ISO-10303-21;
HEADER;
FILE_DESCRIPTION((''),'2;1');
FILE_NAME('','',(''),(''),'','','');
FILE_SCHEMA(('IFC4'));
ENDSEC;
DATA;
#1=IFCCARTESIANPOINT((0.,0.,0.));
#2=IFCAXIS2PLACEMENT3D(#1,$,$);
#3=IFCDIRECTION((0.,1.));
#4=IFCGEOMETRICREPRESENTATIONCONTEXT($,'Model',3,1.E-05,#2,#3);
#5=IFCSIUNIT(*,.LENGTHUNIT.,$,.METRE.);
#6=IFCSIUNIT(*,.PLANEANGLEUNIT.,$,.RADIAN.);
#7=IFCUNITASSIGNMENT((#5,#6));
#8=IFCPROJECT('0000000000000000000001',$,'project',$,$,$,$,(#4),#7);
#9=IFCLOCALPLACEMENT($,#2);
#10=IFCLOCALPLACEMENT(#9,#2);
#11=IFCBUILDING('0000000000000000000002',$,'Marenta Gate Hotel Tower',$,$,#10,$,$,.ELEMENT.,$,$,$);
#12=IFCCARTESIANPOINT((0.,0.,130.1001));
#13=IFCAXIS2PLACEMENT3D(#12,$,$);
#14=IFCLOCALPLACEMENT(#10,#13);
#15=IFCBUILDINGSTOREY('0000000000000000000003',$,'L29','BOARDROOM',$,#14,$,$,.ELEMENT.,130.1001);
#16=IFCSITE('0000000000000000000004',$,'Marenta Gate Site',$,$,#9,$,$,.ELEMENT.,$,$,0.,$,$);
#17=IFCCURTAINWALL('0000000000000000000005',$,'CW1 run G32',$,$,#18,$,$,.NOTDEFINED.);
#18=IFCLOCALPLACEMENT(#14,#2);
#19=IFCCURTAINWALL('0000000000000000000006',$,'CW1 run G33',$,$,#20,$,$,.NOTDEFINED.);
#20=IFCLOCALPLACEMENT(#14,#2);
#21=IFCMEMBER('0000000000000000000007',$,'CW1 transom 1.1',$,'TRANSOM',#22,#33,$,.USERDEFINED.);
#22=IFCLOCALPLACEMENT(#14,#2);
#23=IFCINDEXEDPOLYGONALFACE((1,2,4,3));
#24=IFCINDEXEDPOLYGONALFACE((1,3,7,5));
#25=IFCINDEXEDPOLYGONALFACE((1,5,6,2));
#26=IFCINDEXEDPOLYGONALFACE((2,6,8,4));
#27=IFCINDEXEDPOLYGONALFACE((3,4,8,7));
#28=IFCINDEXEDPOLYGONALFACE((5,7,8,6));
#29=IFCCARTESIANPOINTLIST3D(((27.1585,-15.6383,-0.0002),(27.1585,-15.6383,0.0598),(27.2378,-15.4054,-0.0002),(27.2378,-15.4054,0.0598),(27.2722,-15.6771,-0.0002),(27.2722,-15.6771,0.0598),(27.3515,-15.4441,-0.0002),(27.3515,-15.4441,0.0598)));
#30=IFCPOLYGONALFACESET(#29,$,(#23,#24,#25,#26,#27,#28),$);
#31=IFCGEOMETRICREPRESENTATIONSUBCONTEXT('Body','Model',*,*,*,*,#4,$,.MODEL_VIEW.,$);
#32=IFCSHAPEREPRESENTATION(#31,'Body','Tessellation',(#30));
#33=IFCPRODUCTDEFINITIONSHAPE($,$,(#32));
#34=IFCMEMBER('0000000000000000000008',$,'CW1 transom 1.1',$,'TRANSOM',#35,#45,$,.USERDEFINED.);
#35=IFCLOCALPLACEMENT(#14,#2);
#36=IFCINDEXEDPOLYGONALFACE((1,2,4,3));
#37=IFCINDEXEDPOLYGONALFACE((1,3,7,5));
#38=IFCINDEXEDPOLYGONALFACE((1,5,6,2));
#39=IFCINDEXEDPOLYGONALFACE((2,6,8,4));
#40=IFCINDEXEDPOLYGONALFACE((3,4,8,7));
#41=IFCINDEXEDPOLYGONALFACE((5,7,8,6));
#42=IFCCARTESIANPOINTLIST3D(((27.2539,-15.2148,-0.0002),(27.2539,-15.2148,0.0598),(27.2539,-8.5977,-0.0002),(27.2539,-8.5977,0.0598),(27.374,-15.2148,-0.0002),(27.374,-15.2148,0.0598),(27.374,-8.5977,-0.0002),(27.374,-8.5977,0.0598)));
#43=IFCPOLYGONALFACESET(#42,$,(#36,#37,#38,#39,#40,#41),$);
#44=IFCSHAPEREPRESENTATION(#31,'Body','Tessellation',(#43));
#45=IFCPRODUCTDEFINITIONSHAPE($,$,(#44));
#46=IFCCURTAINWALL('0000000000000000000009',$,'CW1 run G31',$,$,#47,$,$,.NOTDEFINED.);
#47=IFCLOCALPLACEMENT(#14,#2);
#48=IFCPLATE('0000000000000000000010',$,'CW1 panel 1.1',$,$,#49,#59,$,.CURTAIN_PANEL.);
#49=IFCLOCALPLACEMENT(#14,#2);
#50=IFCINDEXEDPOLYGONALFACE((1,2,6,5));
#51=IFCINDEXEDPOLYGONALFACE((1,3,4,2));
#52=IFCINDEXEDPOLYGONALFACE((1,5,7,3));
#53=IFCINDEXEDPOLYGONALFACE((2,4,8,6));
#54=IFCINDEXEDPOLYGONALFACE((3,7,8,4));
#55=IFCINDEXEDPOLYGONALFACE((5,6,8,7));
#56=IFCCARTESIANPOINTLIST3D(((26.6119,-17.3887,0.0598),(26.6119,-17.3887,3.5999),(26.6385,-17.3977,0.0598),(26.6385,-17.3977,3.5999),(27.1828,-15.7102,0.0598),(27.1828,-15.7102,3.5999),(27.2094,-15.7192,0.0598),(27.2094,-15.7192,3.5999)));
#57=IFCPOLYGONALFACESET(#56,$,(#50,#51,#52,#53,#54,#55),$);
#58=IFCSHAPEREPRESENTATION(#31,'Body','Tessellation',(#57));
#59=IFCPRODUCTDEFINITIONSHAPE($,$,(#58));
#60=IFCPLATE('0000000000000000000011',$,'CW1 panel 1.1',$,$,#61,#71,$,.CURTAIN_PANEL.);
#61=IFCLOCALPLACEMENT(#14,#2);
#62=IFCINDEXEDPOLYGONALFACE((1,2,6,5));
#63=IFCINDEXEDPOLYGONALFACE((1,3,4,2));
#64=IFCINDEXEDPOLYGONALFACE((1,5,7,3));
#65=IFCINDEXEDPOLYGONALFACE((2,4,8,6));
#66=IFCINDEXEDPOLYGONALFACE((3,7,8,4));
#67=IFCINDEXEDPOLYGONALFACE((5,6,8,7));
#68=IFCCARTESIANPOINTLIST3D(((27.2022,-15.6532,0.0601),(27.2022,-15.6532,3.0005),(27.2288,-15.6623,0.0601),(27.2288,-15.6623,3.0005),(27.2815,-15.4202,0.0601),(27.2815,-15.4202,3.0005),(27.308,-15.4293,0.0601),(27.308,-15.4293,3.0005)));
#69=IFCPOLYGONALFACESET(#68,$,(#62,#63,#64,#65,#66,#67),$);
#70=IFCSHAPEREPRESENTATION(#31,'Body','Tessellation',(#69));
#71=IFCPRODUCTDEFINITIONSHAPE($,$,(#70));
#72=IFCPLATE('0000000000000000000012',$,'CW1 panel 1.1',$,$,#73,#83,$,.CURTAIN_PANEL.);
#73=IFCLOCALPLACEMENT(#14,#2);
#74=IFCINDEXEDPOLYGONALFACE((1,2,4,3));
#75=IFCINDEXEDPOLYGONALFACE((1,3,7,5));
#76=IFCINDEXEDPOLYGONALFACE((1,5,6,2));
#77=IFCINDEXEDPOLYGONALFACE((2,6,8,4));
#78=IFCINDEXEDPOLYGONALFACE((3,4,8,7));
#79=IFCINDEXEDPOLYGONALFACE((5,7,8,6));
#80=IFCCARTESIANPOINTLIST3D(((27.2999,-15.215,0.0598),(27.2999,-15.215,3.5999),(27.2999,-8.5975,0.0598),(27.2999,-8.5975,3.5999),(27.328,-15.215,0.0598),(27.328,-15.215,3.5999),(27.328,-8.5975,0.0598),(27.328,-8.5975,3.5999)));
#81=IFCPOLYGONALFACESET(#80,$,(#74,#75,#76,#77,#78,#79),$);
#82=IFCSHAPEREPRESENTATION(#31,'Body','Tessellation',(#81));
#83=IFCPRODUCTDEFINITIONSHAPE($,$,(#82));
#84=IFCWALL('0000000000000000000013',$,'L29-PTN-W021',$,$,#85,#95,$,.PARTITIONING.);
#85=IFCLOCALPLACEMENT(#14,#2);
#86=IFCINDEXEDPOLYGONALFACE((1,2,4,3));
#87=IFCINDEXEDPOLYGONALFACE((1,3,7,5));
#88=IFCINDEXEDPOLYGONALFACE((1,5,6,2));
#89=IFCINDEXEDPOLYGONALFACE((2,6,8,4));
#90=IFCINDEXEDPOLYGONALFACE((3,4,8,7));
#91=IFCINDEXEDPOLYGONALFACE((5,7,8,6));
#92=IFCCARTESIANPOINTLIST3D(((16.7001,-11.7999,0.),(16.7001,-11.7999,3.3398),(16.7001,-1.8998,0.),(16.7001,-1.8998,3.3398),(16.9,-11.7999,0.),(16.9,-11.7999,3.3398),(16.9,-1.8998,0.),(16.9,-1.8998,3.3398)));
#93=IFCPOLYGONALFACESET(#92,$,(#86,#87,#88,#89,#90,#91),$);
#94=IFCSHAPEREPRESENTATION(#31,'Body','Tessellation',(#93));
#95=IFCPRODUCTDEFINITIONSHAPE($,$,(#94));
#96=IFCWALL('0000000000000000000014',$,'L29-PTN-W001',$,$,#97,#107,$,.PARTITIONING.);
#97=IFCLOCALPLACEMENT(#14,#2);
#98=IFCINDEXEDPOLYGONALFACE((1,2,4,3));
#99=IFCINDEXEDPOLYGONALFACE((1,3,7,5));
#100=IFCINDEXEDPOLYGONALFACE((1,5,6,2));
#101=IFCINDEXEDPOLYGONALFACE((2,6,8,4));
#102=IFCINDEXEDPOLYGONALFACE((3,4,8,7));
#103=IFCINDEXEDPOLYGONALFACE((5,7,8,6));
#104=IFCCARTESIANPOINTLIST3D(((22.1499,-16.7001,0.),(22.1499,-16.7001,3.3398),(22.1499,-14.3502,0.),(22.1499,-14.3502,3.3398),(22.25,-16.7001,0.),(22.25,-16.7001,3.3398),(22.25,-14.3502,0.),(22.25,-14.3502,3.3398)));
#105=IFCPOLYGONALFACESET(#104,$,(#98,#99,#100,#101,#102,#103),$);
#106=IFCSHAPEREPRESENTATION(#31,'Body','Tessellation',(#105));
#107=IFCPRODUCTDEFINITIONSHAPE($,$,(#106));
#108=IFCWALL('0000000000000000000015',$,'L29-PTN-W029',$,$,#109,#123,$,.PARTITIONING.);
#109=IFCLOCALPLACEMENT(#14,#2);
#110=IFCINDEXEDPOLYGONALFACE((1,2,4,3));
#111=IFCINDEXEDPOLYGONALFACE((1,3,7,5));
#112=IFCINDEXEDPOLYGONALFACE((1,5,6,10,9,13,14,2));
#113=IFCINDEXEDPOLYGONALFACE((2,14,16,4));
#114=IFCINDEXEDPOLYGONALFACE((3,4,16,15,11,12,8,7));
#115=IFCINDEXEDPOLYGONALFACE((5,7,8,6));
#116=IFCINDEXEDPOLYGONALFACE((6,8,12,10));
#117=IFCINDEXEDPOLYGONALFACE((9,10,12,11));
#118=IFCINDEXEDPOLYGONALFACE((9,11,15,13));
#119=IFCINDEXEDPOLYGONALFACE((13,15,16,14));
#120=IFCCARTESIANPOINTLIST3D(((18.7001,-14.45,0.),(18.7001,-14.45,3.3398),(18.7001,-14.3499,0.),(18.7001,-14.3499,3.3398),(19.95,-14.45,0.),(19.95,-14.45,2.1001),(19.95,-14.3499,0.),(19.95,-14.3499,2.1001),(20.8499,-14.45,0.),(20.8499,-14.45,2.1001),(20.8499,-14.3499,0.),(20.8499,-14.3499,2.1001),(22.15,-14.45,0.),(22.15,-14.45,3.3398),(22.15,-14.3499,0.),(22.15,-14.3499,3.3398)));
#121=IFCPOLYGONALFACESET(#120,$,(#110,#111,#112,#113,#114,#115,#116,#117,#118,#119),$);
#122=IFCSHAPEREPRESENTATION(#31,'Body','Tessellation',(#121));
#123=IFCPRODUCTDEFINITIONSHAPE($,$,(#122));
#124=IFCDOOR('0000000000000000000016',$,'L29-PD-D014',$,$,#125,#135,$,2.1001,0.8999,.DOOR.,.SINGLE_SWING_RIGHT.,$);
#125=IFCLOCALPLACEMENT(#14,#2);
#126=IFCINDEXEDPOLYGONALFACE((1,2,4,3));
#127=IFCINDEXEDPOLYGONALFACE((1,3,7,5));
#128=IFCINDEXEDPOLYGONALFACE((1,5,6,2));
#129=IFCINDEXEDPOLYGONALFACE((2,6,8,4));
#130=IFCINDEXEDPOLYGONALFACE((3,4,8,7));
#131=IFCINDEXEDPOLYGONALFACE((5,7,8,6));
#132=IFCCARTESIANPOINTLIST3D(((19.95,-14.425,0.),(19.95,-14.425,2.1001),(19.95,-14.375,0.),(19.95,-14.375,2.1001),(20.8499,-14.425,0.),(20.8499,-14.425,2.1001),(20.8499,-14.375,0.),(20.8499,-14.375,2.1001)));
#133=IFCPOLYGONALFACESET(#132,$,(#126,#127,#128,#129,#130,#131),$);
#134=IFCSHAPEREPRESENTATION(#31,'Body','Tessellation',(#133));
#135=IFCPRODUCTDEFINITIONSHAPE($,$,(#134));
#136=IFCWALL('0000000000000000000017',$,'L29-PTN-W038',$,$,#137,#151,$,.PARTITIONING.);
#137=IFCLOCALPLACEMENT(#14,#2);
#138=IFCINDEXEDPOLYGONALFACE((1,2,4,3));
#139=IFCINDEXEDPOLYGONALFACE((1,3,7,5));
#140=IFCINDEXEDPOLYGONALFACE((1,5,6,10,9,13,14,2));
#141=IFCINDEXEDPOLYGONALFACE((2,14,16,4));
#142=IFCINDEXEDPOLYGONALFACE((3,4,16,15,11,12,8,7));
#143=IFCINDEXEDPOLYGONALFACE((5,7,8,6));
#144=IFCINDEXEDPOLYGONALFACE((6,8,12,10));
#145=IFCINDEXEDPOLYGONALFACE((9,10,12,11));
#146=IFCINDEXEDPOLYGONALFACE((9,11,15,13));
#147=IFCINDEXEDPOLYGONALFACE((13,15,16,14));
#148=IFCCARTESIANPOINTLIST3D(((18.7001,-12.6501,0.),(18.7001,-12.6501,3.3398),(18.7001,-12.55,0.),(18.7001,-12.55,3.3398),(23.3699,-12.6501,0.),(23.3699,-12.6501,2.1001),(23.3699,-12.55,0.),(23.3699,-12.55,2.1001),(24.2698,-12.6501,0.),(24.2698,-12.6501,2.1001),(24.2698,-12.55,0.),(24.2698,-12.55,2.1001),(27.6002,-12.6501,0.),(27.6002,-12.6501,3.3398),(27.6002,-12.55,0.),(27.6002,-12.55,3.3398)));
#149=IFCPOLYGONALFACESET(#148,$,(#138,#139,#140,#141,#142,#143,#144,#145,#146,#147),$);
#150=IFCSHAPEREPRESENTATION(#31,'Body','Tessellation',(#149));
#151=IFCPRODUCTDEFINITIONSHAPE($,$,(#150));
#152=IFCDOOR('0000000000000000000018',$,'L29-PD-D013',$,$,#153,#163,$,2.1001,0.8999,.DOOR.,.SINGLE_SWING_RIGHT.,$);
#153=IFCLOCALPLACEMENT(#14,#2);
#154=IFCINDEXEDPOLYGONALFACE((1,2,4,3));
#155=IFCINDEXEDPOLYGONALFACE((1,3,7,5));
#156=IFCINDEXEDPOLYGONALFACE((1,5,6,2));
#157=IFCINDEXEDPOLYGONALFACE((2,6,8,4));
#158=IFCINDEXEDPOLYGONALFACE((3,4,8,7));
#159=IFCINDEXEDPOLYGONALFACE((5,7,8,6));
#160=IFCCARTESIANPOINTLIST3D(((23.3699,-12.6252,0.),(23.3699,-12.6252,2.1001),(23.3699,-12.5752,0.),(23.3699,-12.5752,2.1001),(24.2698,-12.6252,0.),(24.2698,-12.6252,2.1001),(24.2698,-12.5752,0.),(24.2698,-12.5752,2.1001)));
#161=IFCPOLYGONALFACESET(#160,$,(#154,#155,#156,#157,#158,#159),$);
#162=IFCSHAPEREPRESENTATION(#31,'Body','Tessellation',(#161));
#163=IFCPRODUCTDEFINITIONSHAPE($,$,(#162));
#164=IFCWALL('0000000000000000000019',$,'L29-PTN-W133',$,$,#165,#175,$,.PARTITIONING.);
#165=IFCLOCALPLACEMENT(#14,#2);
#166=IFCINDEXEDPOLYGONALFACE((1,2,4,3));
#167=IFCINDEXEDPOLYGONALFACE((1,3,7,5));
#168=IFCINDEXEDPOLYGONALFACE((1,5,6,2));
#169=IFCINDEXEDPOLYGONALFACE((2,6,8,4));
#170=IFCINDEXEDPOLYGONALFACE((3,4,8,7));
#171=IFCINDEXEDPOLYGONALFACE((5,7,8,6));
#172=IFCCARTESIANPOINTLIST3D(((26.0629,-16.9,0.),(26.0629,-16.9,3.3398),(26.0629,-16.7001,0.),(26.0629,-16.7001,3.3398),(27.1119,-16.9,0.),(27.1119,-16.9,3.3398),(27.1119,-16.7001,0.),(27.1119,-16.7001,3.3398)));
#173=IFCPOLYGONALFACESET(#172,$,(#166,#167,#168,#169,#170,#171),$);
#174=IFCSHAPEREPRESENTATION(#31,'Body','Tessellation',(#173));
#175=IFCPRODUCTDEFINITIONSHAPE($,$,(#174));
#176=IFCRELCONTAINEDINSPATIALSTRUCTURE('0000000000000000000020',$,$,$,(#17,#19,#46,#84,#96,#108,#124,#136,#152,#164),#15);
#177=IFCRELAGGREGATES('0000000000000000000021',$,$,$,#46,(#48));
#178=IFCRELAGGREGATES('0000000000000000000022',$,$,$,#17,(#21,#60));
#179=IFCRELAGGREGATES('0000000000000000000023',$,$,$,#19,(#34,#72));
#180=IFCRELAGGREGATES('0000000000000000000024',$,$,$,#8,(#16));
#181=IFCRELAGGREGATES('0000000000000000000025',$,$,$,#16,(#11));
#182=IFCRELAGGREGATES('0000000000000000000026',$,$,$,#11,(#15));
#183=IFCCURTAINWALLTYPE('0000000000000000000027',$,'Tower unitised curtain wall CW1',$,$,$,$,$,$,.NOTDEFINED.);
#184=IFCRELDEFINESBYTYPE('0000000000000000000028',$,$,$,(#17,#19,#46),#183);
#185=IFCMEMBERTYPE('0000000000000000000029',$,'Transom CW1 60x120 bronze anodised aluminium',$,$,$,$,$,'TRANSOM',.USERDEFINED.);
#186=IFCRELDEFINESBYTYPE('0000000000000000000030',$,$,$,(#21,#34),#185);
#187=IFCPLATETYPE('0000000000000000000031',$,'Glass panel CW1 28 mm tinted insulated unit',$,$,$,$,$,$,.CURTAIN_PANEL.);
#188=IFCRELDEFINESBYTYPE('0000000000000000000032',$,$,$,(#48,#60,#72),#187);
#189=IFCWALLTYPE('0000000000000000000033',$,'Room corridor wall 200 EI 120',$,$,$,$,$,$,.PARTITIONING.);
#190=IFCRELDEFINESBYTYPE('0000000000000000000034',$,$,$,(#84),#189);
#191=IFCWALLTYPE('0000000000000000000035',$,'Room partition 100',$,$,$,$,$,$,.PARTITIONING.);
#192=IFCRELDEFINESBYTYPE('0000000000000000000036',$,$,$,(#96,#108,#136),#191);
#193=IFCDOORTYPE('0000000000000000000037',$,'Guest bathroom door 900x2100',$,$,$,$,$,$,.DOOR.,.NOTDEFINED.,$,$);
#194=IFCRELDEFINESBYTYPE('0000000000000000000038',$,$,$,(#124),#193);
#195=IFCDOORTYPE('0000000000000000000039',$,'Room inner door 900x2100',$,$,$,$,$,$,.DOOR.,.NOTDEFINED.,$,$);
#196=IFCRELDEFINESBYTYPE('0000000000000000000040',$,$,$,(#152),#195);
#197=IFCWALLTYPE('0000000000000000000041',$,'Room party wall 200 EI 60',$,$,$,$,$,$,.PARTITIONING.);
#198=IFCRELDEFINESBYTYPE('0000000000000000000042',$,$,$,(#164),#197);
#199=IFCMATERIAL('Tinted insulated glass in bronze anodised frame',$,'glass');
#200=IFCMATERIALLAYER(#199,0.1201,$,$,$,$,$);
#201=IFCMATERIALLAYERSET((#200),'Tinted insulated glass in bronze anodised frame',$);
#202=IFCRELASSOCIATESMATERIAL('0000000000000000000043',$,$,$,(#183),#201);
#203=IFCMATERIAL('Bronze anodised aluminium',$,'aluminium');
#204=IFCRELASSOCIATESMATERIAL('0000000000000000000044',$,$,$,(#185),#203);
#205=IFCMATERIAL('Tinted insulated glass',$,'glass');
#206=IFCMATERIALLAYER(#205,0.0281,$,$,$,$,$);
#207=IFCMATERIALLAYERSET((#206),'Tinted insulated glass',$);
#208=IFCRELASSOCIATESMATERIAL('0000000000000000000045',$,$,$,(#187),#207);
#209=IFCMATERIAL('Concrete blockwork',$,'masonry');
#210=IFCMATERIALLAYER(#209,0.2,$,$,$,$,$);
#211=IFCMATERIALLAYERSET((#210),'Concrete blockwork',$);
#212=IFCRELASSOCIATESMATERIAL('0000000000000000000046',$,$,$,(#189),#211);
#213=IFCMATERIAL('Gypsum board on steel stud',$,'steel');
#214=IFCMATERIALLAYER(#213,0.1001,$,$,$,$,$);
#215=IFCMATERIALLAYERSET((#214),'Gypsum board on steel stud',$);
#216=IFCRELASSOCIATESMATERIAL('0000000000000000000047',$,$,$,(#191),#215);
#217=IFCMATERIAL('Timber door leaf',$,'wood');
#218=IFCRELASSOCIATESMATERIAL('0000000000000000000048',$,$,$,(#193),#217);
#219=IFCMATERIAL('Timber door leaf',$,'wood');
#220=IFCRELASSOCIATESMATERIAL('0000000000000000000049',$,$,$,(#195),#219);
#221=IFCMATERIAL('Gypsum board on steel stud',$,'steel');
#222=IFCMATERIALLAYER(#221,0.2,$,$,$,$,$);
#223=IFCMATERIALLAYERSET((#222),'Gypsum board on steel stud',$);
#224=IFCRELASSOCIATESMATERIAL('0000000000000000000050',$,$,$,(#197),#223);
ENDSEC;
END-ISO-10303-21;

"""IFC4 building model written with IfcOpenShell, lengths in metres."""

from ifc_helpers import new_model, si_unit, direction, frame, frame_2d, origin, origin_2d, place, context, subcontext, project, spatial, rectangle, extrude, material, layer, layer_set, material_profile, profile_set, type_object, element, fill, aggregate, save


model = new_model("IFC4")

# Units and contexts
model_context = context("Model", 3, precision=1e-05, world=origin(), true_north=direction((0.0, 1.0)))
body_context = subcontext(model_context, "Body", "Model", "MODEL_VIEW")
ifc_project = project(units=[si_unit("LENGTHUNIT", "METRE"), si_unit("PLANEANGLEUNIT", "RADIAN")], contexts=[model_context])

# Site, building, storey
site_placement = place(None, origin())
site = spatial("IfcSite", under=ifc_project, at=site_placement, Name="Marenta Gate Site", CompositionType="ELEMENT", RefElevation=0.0)
building_placement = place(site_placement, origin())
building = spatial("IfcBuilding", under=site, at=building_placement, Name="Marenta Gate Hotel Tower", CompositionType="ELEMENT")
storey_placement = place(building_placement, frame((0.0, 0.0, 130.1001)))
storey = spatial("IfcBuildingStorey", under=building, at=storey_placement, Name="L29", Description="BOARDROOM", CompositionType="ELEMENT", Elevation=130.1001)

# Curtain wall
ifc_material_1 = material(Name="Tinted insulated glass in bronze anodised frame", Category="glass")
ifc_layer_1 = layer(ifc_material_1, 0.1201)
ifc_layer_set_1 = layer_set([ifc_layer_1], Name="Tinted insulated glass in bronze anodised frame")
curtain_wall_type = type_object("IfcCurtainWallType", Name="Tower unitised curtain wall CW1", PredefinedType="NOTDEFINED", material=ifc_layer_set_1)
curtain_wall_1_placement = place(storey_placement, origin())
curtain_wall_1 = element("IfcCurtainWall", 1, at=curtain_wall_1_placement, inside=storey, type_object=curtain_wall_type, Name="CW1 run G32", PredefinedType="NOTDEFINED")

# Curtain wall
curtain_wall_2_placement = place(storey_placement, origin())
curtain_wall_2 = element("IfcCurtainWall", 2, at=curtain_wall_2_placement, inside=storey, type_object=curtain_wall_type, Name="CW1 run G33", PredefinedType="NOTDEFINED")

# Members
ifc_material_2 = material(Name="Bronze anodised aluminium", Category="aluminium")
ifc_material_profile_1 = material_profile(ifc_material_2, rectangle(XDim=0.1201, YDim=0.0601, at=origin_2d()), Name="Transom CW1 60x120 bronze anodised aluminium")
ifc_profile_set_1 = profile_set([ifc_material_profile_1], Name="Bronze anodised aluminium")
member_type_1 = type_object("IfcMemberType", Name="Transom CW1 60x120 bronze anodised aluminium", ElementType="TRANSOM", PredefinedType="USERDEFINED", material=ifc_profile_set_1)
member_1_placement = place(storey_placement, frame((27.2153, -15.6577, 0.0298), z_axis=(0.322472, 0.946579, 0.0), x_axis=(-0.946579, 0.322472, 0.0)))
member_1 = element("IfcMember", 3, at=member_1_placement, type_object=member_type_1, Name="CW1 transom 1.1", ObjectType="TRANSOM", PredefinedType="USERDEFINED", context=body_context, shape_type="SweptSolid", body=[
    extrude(rectangle(XDim=0.1201, YDim=0.0601, at=origin_2d()), origin(), (0.0, 0.0, 1.0), 0.2461),
])
member_2_placement = place(storey_placement, frame((27.314, -15.2148, 0.0298), z_axis=(0.0, 1.0, 0.0), x_axis=(-1.0, 0.0, 0.0)))
member_2 = element("IfcMember", 4, at=member_2_placement, type_object=member_type_1, Name="CW1 transom 1.1", ObjectType="TRANSOM", PredefinedType="USERDEFINED", context=body_context, shape_type="SweptSolid", body=[
    extrude(rectangle(XDim=0.1201, YDim=0.0601, at=origin_2d()), origin(), (0.0, 0.0, 1.0), 6.6172),
])

# Curtain wall, plate
curtain_wall_3_placement = place(storey_placement, origin())
curtain_wall_3 = element("IfcCurtainWall", 5, at=curtain_wall_3_placement, inside=storey, type_object=curtain_wall_type, Name="CW1 run G31", PredefinedType="NOTDEFINED")
ifc_material_3 = material(Name="Tinted insulated glass", Category="glass")
ifc_layer_2 = layer(ifc_material_3, 0.0281)
ifc_layer_set_2 = layer_set([ifc_layer_2], Name="Tinted insulated glass")
plate_type = type_object("IfcPlateType", Name="Glass panel CW1 28 mm tinted insulated unit", PredefinedType="CURTAIN_PANEL", material=ifc_layer_set_2)
plate_1_placement = place(storey_placement, frame((26.9106, -16.554, 0.0598), z_axis=(0.0, 0.0, 1.0), x_axis=(0.322032, 0.946729, 0.0)))
plate_1 = element("IfcPlate", 6, at=plate_1_placement, type_object=plate_type, Name="CW1 panel 1.1", PredefinedType="CURTAIN_PANEL", context=body_context, shape_type="SweptSolid", body=[
    extrude(rectangle(XDim=1.7729, YDim=0.0281, at=origin_2d()), origin(), (0.0, 0.0, 1.0), 3.54),
])
aggregate(curtain_wall_3, [plate_1])

# Plates
plate_2_placement = place(storey_placement, frame((27.2551, -15.5413, 0.0601), z_axis=(0.0, 0.0, 1.0), x_axis=(0.32204, 0.946726, 0.0)))
plate_2 = element("IfcPlate", 7, at=plate_2_placement, type_object=plate_type, Name="CW1 panel 1.1", PredefinedType="CURTAIN_PANEL", context=body_context, shape_type="SweptSolid", body=[
    extrude(rectangle(XDim=0.2461, YDim=0.0281, at=origin_2d()), origin(), (0.0, 0.0, 1.0), 2.9404),
])
aggregate(curtain_wall_1, [member_1, plate_2])
plate_3_placement = place(storey_placement, frame((27.314, -11.9062, 0.0598), z_axis=(0.0, 0.0, 1.0), x_axis=(0.0, 1.0, 0.0)))
plate_3 = element("IfcPlate", 8, at=plate_3_placement, type_object=plate_type, Name="CW1 panel 1.1", PredefinedType="CURTAIN_PANEL", context=body_context, shape_type="SweptSolid", body=[
    extrude(rectangle(XDim=6.6174, YDim=0.0281, at=origin_2d()), origin(), (0.0, 0.0, 1.0), 3.54),
])
aggregate(curtain_wall_2, [member_2, plate_3])

# Walls
ifc_material_4 = material(Name="Concrete blockwork", Category="masonry")
ifc_layer_3 = layer(ifc_material_4, 0.2)
ifc_layer_set_3 = layer_set([ifc_layer_3], Name="Concrete blockwork")
wall_type_1 = type_object("IfcWallType", Name="Room corridor wall 200 EI 120", PredefinedType="PARTITIONING", material=ifc_layer_set_3)
wall_1_placement = place(storey_placement, frame((16.8, -11.8, 0.0), z_axis=(0.0, 0.0, 1.0), x_axis=(0.0, 1.0, 0.0)))
element("IfcWall", 9, at=wall_1_placement, inside=storey, type_object=wall_type_1, Name="L29-PTN-W021", PredefinedType="PARTITIONING", context=body_context, shape_type="SweptSolid", body=[
    extrude(rectangle(XDim=9.9001, YDim=0.2, at=frame_2d((4.9502, 0.0))), origin(), (0.0, 0.0, 1.0), 3.3398),
])
ifc_material_5 = material(Name="Gypsum board on steel stud", Category="steel")
ifc_layer_4 = layer(ifc_material_5, 0.1001)
ifc_layer_set_4 = layer_set([ifc_layer_4], Name="Gypsum board on steel stud")
wall_type_2 = type_object("IfcWallType", Name="Room partition 100", PredefinedType="PARTITIONING", material=ifc_layer_set_4)
wall_2_placement = place(storey_placement, frame((22.2, -16.7, 0.0), z_axis=(0.0, 0.0, 1.0), x_axis=(0.0, 1.0, 0.0)))
element("IfcWall", 10, at=wall_2_placement, inside=storey, type_object=wall_type_2, Name="L29-PTN-W001", PredefinedType="PARTITIONING", context=body_context, shape_type="SweptSolid", body=[
    extrude(rectangle(XDim=2.3499, YDim=0.1001, at=frame_2d((1.1748, 0.0))), origin(), (0.0, 0.0, 1.0), 3.3398),
])

# Walls, openings, doors
wall_3_placement = place(storey_placement, frame((18.7, -14.3999, 0.0), z_axis=(0.0, 0.0, 1.0), x_axis=(1.0, 0.0, 0.0)))
wall_3 = element("IfcWall", 11, at=wall_3_placement, inside=storey, type_object=wall_type_2, Name="L29-PTN-W029", PredefinedType="PARTITIONING", context=body_context, shape_type="SweptSolid", body=[
    extrude(rectangle(XDim=3.45, YDim=0.1001, at=frame_2d((1.7251, 0.0))), origin(), (0.0, 0.0, 1.0), 3.3398),
])
opening_1_placement = place(wall_3_placement, frame((1.25, 0.0, 0.0)))
opening_1 = element("IfcOpeningElement", 12, at=opening_1_placement, cuts=wall_3, PredefinedType="OPENING", context=body_context, shape_type="SweptSolid", body=[
    extrude(rectangle(XDim=0.8999, YDim=2.1001, at=frame_2d((0.45, 1.05))), frame((0.0, 0.05, 0.0), z_axis=(0.0, -1.0, 0.0), x_axis=(1.0, 0.0, 0.0)), (0.0, 0.0, 1.0), 0.1001),
])
ifc_material_6 = material(Name="Timber door leaf", Category="wood")
door_type_1 = type_object("IfcDoorType", Name="Guest bathroom door 900x2100", OperationType="NOTDEFINED", PredefinedType="DOOR", material=ifc_material_6)
door_1_placement = place(opening_1_placement, origin())
door_1 = element("IfcDoor", 13, at=door_1_placement, inside=storey, type_object=door_type_1, Name="L29-PD-D014", OperationType="SINGLE_SWING_RIGHT", OverallHeight=2.1001, OverallWidth=0.8999, PredefinedType="DOOR", context=body_context, shape_type="SweptSolid", body=[
    extrude(rectangle(XDim=0.8999, YDim=2.1001, at=frame_2d((0.45, 1.05))), frame((0.0, 0.0249, 0.0), z_axis=(0.0, -1.0, 0.0), x_axis=(1.0, 0.0, 0.0)), (0.0, 0.0, 1.0), 0.05),
])
fill(opening_1, door_1)
wall_4_placement = place(storey_placement, frame((18.7, -12.6001, 0.0), z_axis=(0.0, 0.0, 1.0), x_axis=(1.0, 0.0, 0.0)))
wall_4 = element("IfcWall", 14, at=wall_4_placement, inside=storey, type_object=wall_type_2, Name="L29-PTN-W038", PredefinedType="PARTITIONING", context=body_context, shape_type="SweptSolid", body=[
    extrude(rectangle(XDim=8.9001, YDim=0.1001, at=frame_2d((4.4502, 0.0))), origin(), (0.0, 0.0, 1.0), 3.3398),
])
opening_2_placement = place(wall_4_placement, frame((4.6699, 0.0, 0.0)))
opening_2 = element("IfcOpeningElement", 15, at=opening_2_placement, cuts=wall_4, PredefinedType="OPENING", context=body_context, shape_type="SweptSolid", body=[
    extrude(rectangle(XDim=0.8999, YDim=2.1001, at=frame_2d((0.45, 1.05))), frame((0.0, 0.05, 0.0), z_axis=(0.0, -1.0, 0.0), x_axis=(1.0, 0.0, 0.0)), (0.0, 0.0, 1.0), 0.1001),
])
ifc_material_7 = material(Name="Timber door leaf", Category="wood")
door_type_2 = type_object("IfcDoorType", Name="Room inner door 900x2100", OperationType="NOTDEFINED", PredefinedType="DOOR", material=ifc_material_7)
door_2_placement = place(opening_2_placement, origin())
door_2 = element("IfcDoor", 16, at=door_2_placement, inside=storey, type_object=door_type_2, Name="L29-PD-D013", OperationType="SINGLE_SWING_RIGHT", OverallHeight=2.1001, OverallWidth=0.8999, PredefinedType="DOOR", context=body_context, shape_type="SweptSolid", body=[
    extrude(rectangle(XDim=0.8999, YDim=2.1001, at=frame_2d((0.45, 1.05))), frame((0.0, 0.0249, 0.0), z_axis=(0.0, -1.0, 0.0), x_axis=(1.0, 0.0, 0.0)), (0.0, 0.0, 1.0), 0.05),
])
fill(opening_2, door_2)

# Wall
ifc_material_8 = material(Name="Gypsum board on steel stud", Category="steel")
ifc_layer_5 = layer(ifc_material_8, 0.2)
ifc_layer_set_5 = layer_set([ifc_layer_5], Name="Gypsum board on steel stud")
wall_type_3 = type_object("IfcWallType", Name="Room party wall 200 EI 60", PredefinedType="PARTITIONING", material=ifc_layer_set_5)
wall_5_placement = place(storey_placement, frame((26.063, -16.8, 0.0), z_axis=(0.0, 0.0, 1.0), x_axis=(1.0, 0.0, 0.0)))
element("IfcWall", 17, at=wall_5_placement, inside=storey, type_object=wall_type_3, Name="L29-PTN-W133", PredefinedType="PARTITIONING", context=body_context, shape_type="SweptSolid", body=[
    extrude(rectangle(XDim=1.0491, YDim=0.2, at=frame_2d((0.5244, 0.0))), origin(), (0.0, 0.0, 1.0), 3.3398),
])

save(model, "model.ifc")
